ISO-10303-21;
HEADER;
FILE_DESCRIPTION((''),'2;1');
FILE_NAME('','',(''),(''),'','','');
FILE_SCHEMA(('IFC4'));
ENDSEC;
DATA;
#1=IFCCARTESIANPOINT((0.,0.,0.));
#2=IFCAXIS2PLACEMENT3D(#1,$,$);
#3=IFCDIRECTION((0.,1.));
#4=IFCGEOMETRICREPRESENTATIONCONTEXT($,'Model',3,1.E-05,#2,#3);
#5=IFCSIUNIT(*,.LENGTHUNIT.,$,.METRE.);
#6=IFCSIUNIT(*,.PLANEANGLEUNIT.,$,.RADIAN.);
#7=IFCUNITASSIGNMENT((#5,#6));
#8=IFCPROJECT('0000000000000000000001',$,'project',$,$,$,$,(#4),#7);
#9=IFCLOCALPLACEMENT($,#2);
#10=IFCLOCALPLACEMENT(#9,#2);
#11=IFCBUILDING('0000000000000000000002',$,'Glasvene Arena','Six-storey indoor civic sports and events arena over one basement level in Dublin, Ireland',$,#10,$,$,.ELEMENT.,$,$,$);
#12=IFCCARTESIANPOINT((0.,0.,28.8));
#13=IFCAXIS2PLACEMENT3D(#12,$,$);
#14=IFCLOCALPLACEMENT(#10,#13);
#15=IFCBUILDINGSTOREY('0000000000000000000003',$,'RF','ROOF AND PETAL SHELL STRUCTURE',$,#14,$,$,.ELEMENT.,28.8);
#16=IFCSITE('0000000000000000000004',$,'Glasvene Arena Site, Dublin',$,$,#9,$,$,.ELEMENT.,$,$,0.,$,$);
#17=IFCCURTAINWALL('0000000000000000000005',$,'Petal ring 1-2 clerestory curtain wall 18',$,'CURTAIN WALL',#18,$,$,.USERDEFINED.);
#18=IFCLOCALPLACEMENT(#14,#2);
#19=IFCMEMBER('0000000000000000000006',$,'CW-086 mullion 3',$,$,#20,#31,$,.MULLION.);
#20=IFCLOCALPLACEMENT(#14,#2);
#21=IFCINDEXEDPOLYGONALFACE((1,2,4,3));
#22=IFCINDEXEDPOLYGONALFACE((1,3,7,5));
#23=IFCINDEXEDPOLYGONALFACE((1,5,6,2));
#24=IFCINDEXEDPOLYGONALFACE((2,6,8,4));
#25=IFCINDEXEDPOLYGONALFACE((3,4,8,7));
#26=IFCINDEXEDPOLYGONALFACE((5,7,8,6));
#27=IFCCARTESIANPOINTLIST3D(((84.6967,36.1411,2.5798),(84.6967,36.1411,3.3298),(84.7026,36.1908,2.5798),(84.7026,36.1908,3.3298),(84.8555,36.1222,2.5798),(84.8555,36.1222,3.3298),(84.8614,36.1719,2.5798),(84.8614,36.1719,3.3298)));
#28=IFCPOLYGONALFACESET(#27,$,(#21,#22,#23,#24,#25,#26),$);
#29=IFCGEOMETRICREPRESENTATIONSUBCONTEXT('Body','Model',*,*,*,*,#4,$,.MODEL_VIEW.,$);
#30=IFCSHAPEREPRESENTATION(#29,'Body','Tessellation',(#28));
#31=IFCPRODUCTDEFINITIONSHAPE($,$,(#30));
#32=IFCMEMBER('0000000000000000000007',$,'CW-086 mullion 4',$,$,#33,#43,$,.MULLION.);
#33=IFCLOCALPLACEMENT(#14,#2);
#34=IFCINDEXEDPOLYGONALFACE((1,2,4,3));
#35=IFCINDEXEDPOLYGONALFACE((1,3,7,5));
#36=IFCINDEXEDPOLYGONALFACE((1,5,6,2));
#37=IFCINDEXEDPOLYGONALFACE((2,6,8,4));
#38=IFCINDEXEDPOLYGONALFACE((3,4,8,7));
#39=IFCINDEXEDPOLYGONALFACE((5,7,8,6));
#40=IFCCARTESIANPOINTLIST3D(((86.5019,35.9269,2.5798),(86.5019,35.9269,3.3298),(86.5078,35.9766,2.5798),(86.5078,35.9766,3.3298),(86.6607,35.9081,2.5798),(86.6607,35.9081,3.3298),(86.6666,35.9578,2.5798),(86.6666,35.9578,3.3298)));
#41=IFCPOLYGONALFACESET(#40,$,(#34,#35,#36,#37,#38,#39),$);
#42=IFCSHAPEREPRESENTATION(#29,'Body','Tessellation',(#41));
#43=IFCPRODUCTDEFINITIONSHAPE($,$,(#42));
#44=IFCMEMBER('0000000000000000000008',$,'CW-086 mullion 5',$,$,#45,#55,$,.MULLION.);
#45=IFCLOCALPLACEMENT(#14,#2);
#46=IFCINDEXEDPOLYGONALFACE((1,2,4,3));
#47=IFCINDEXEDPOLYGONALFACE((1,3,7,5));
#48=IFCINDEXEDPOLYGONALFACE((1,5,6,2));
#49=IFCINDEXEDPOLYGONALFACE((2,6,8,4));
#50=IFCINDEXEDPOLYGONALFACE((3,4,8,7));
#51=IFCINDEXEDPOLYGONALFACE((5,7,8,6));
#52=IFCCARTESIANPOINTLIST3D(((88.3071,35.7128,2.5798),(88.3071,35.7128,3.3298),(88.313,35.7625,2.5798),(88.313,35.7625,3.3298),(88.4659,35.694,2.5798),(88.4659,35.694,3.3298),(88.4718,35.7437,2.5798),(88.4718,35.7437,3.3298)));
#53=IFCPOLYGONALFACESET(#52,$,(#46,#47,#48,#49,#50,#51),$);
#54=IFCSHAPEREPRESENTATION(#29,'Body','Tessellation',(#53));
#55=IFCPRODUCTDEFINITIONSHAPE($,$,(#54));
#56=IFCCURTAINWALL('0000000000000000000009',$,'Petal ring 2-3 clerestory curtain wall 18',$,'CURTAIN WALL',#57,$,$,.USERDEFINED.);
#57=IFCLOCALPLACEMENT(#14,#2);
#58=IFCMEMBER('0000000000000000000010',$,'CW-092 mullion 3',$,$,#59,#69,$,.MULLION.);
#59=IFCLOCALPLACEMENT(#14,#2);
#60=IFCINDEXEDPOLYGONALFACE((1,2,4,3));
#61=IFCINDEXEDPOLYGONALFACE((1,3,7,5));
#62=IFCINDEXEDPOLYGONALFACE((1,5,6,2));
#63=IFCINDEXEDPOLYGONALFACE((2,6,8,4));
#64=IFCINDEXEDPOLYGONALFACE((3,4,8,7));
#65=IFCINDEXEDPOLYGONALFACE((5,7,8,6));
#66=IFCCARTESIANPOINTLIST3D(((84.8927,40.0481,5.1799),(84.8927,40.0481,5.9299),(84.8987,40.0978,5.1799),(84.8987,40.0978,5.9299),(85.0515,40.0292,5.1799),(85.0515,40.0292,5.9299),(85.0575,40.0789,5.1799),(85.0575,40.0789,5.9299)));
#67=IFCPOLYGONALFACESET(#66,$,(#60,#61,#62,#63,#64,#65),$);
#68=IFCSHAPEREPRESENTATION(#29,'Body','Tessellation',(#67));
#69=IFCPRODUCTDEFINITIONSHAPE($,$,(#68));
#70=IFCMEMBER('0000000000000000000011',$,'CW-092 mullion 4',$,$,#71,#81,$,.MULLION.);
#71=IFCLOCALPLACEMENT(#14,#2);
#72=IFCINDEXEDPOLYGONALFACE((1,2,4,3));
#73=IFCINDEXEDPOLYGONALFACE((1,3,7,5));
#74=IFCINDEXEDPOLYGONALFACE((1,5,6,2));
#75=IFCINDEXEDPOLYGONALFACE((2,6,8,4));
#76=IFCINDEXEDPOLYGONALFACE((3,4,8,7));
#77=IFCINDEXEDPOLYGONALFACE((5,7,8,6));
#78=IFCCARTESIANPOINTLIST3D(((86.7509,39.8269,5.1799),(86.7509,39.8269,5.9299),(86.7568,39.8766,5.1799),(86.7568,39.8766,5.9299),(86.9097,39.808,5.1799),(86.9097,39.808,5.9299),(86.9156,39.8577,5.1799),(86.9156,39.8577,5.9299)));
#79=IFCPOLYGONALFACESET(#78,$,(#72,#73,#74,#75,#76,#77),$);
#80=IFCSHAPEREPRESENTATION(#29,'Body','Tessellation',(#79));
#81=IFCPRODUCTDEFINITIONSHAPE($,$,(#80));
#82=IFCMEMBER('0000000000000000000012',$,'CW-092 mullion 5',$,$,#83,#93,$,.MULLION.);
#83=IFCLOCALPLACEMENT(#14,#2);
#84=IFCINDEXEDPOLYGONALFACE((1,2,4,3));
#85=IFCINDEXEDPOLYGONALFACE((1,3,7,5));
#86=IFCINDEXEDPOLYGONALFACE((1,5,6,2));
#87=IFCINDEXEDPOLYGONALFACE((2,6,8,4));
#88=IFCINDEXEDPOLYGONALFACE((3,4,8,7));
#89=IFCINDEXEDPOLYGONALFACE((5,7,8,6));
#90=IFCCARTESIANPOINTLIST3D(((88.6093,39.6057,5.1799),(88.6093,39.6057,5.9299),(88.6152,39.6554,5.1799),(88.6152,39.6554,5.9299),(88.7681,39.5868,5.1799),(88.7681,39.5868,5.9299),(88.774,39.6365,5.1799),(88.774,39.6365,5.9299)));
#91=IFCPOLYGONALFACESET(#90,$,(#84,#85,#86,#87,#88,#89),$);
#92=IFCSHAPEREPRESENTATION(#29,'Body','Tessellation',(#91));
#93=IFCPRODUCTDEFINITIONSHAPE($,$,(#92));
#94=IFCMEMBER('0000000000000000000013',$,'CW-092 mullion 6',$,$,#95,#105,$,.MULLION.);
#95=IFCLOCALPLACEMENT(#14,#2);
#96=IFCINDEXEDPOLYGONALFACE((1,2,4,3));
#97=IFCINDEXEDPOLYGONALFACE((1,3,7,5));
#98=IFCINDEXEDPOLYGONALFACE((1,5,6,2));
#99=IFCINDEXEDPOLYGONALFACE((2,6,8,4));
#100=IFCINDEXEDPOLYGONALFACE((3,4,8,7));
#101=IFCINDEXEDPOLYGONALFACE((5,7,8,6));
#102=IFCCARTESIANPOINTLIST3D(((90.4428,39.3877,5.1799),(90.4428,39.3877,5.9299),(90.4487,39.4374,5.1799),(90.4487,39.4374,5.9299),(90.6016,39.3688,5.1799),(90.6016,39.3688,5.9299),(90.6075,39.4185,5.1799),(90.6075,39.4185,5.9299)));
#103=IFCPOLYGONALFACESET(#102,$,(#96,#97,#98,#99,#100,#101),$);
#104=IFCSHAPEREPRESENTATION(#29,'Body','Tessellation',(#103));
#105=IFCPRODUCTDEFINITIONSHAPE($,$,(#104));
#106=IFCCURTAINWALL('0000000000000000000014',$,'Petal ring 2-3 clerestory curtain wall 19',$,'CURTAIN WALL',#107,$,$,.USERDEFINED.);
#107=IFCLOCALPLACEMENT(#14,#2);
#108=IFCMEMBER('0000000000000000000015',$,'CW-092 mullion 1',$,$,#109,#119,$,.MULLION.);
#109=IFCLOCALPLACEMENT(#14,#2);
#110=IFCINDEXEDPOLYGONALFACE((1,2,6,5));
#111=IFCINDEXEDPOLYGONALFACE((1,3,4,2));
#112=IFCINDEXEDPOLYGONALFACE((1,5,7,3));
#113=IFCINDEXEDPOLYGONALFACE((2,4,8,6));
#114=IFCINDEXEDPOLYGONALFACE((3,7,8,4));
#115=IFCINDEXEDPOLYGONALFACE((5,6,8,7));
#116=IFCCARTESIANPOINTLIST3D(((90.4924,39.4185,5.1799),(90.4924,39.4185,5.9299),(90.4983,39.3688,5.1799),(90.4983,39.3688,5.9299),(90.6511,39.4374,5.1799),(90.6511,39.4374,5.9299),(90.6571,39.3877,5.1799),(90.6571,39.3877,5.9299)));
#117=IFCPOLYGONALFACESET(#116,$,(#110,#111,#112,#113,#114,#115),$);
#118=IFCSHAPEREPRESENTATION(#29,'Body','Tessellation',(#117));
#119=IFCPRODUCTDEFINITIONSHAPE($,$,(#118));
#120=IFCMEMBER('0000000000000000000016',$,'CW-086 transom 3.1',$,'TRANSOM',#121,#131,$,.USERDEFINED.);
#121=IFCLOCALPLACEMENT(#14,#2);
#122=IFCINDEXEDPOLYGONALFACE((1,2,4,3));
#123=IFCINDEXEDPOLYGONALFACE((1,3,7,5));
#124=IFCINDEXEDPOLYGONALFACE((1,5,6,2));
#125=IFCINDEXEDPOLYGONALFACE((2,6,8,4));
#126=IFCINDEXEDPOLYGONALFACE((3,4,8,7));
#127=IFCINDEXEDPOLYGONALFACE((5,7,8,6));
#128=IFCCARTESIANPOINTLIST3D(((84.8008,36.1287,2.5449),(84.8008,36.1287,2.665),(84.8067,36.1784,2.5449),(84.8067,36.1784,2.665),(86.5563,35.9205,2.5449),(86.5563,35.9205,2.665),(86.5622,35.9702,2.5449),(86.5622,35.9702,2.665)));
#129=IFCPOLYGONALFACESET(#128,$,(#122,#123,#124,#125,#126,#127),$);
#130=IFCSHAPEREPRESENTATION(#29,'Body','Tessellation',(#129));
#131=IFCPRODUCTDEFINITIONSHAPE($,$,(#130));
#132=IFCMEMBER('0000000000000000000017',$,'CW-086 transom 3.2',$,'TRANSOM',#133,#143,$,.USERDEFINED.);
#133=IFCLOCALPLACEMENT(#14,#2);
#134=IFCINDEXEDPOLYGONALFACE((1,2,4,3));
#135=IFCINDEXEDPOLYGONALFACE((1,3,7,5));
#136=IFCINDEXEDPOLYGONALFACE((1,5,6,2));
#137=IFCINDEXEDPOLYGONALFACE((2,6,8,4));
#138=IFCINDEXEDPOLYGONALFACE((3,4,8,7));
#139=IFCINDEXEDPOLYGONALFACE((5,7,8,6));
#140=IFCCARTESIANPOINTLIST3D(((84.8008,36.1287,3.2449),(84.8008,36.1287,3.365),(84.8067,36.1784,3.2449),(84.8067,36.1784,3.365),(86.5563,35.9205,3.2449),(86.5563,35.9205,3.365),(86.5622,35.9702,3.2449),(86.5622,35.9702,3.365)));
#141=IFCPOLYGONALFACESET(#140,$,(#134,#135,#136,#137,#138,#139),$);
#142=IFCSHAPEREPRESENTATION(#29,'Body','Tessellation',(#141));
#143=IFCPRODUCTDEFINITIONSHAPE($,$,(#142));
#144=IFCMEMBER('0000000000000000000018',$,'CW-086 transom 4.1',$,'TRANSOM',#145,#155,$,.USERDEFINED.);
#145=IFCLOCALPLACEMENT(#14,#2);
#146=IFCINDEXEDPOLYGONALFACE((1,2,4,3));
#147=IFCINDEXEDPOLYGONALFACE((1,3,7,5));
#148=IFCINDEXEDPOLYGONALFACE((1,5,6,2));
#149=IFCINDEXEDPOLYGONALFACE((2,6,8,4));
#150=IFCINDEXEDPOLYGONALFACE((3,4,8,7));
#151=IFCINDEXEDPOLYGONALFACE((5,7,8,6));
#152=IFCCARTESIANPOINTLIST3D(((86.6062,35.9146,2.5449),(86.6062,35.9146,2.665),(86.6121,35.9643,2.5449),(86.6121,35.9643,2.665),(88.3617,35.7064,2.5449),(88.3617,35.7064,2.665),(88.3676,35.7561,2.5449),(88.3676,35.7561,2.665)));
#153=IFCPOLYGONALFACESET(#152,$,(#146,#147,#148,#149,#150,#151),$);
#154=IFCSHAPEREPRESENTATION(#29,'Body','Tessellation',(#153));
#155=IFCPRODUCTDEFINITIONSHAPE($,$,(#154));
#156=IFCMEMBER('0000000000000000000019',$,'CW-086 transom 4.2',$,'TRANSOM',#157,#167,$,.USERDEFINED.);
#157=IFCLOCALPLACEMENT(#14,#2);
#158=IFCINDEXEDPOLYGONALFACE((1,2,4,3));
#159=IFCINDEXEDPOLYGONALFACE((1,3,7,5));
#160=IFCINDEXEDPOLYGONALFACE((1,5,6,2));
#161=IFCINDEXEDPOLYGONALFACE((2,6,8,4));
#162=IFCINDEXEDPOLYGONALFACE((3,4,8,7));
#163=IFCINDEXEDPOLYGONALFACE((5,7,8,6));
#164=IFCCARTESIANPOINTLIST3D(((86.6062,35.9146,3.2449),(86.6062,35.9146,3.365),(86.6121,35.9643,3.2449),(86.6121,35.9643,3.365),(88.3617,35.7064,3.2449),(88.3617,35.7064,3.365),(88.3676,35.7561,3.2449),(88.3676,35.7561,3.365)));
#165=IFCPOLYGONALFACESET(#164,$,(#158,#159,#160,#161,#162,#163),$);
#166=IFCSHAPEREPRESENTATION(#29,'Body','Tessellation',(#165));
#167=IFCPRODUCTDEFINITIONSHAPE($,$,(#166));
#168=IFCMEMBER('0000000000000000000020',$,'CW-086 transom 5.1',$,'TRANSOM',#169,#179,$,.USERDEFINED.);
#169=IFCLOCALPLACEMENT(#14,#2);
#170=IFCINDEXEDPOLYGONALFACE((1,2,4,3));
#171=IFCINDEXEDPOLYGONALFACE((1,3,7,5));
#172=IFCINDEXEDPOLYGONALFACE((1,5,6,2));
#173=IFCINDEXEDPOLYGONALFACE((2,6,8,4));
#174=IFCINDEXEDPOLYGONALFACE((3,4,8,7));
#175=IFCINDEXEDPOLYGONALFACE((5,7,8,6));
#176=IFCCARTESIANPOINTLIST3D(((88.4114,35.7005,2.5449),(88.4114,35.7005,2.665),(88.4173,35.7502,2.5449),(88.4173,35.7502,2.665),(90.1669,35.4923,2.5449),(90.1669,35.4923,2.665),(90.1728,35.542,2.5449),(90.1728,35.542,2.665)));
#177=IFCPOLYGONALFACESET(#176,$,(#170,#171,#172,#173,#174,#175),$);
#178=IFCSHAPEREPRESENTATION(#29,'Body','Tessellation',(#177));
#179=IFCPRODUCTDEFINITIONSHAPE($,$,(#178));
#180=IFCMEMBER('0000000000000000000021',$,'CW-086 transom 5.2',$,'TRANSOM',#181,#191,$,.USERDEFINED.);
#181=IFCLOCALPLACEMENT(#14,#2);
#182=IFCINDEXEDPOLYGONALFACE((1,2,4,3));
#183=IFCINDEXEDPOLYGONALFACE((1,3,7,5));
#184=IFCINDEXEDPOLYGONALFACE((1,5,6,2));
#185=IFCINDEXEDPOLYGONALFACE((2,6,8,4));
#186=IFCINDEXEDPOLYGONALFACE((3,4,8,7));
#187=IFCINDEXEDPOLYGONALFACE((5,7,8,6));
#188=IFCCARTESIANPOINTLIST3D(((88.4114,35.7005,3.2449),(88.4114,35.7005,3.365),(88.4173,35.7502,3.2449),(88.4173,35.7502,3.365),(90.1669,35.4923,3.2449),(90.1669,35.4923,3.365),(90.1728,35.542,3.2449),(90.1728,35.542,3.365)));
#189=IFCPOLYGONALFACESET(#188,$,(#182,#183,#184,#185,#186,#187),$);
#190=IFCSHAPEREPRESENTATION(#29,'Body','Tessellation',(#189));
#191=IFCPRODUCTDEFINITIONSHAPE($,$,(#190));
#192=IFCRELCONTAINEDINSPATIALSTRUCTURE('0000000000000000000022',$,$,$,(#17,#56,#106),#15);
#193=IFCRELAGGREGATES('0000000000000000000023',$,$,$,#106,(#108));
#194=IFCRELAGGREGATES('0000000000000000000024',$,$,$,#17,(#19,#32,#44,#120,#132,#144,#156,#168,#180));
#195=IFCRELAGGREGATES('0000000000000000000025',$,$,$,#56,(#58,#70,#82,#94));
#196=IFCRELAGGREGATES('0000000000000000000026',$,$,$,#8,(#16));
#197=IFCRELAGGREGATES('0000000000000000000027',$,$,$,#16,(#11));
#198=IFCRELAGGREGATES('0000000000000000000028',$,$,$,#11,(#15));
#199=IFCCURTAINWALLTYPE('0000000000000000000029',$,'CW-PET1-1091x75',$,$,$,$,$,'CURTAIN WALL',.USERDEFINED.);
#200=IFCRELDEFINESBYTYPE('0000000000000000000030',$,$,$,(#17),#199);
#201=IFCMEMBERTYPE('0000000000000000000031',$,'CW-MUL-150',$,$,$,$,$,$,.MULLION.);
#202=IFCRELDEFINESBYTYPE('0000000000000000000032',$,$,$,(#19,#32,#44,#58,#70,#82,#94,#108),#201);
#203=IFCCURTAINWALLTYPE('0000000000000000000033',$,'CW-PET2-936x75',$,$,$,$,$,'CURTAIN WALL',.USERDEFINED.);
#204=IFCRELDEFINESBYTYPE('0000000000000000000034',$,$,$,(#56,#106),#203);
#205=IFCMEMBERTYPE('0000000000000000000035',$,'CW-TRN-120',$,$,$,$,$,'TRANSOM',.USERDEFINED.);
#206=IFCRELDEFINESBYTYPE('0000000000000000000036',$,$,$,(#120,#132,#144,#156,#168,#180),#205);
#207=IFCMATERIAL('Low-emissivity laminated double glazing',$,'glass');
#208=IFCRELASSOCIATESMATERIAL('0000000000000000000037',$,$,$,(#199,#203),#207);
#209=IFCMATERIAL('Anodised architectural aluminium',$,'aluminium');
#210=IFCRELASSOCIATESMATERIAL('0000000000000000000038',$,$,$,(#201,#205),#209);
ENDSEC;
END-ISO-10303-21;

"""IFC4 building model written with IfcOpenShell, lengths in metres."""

from ifc_helpers import new_model, si_unit, direction, frame, origin, origin_2d, place, context, subcontext, project, spatial, rectangle, extrude, material, material_profile, profile_set, type_object, element, aggregate, save


model = new_model("IFC4")

# Units and contexts
model_context = context("Model", 3, precision=1e-05, world=origin(), true_north=direction((0.0, 1.0)))
body_context = subcontext(model_context, "Body", "Model", "MODEL_VIEW")
ifc_project = project(units=[si_unit("LENGTHUNIT", "METRE"), si_unit("PLANEANGLEUNIT", "RADIAN")], contexts=[model_context])

# Site, building, storey
site_placement = place(None, origin())
site = spatial("IfcSite", under=ifc_project, at=site_placement, Name="Glasvene Arena Site, Dublin", CompositionType="ELEMENT", RefElevation=0.0)
building_placement = place(site_placement, origin())
building = spatial("IfcBuilding", under=site, at=building_placement, Name="Glasvene Arena", Description="Six-storey indoor civic sports and events arena over one basement level in Dublin, Ireland", CompositionType="ELEMENT")
storey_placement = place(building_placement, frame((0.0, 0.0, 28.8)))
storey = spatial("IfcBuildingStorey", under=building, at=storey_placement, Name="RF", Description="ROOF AND PETAL SHELL STRUCTURE", CompositionType="ELEMENT", Elevation=28.8)

# Curtain walls, members
ifc_material_1 = material(Name="Low-emissivity laminated double glazing", Category="glass")
curtain_wall_type_1 = type_object("IfcCurtainWallType", Name="CW-PET1-1091x75", ElementType="CURTAIN WALL", PredefinedType="USERDEFINED", material=ifc_material_1)
curtain_wall_1_placement = place(storey_placement, frame((81.1685, 36.5847, 0.0)))
curtain_wall_1 = element("IfcCurtainWall", 1, at=curtain_wall_1_placement, inside=storey, type_object=curtain_wall_type_1, Name="Petal ring 1-2 clerestory curtain wall 18", ObjectType="CURTAIN WALL", PredefinedType="USERDEFINED")
ifc_material_2 = material(Name="Anodised architectural aluminium", Category="aluminium")
ifc_material_profile_1 = material_profile(ifc_material_2, rectangle(XDim=0.05, YDim=0.1599, at=origin_2d()), Name="ALU MULLION 50x160")
ifc_profile_set_1 = profile_set([ifc_material_profile_1], Name="Anodised architectural aluminium")
member_type_1 = type_object("IfcMemberType", Name="CW-MUL-150", PredefinedType="MULLION", material=ifc_profile_set_1)
member_1_placement = place(storey_placement, frame((84.7791, 36.1565, 2.5798), z_axis=(0.0, 0.0, 1.0), x_axis=(0.117772, 0.993041, 0.0)))
member_1 = element("IfcMember", 2, at=member_1_placement, type_object=member_type_1, Name="CW-086 mullion 3", PredefinedType="MULLION", context=body_context, shape_type="SweptSolid", body=[
    extrude(rectangle(XDim=0.05, YDim=0.1599, at=origin_2d()), origin(), (0.0, 0.0, 1.0), 0.75),
])
member_2_placement = place(storey_placement, frame((86.5842, 35.9424, 2.5798), z_axis=(0.0, 0.0, 1.0), x_axis=(0.117772, 0.993041, 0.0)))
member_2 = element("IfcMember", 3, at=member_2_placement, type_object=member_type_1, Name="CW-086 mullion 4", PredefinedType="MULLION", context=body_context, shape_type="SweptSolid", body=[
    extrude(rectangle(XDim=0.05, YDim=0.1599, at=origin_2d()), origin(), (0.0, 0.0, 1.0), 0.75),
])
member_3_placement = place(storey_placement, frame((88.3894, 35.7283, 2.5798), z_axis=(0.0, 0.0, 1.0), x_axis=(0.117772, 0.993041, 0.0)))
member_3 = element("IfcMember", 4, at=member_3_placement, type_object=member_type_1, Name="CW-086 mullion 5", PredefinedType="MULLION", context=body_context, shape_type="SweptSolid", body=[
    extrude(rectangle(XDim=0.05, YDim=0.1599, at=origin_2d()), origin(), (0.0, 0.0, 1.0), 0.75),
])
curtain_wall_type_2 = type_object("IfcCurtainWallType", Name="CW-PET2-936x75", ElementType="CURTAIN WALL", PredefinedType="USERDEFINED", material=ifc_material_1)
curtain_wall_2_placement = place(storey_placement, frame((81.2583, 40.5056, 0.0)))
curtain_wall_2 = element("IfcCurtainWall", 5, at=curtain_wall_2_placement, inside=storey, type_object=curtain_wall_type_2, Name="Petal ring 2-3 clerestory curtain wall 18", ObjectType="CURTAIN WALL", PredefinedType="USERDEFINED")
member_4_placement = place(storey_placement, frame((84.9751, 40.0635, 5.1799), z_axis=(0.0, 0.0, 1.0), x_axis=(0.118166, 0.992994, 0.0)))
member_4 = element("IfcMember", 6, at=member_4_placement, type_object=member_type_1, Name="CW-092 mullion 3", PredefinedType="MULLION", context=body_context, shape_type="SweptSolid", body=[
    extrude(rectangle(XDim=0.05, YDim=0.1599, at=origin_2d()), origin(), (0.0, 0.0, 1.0), 0.75),
])
member_5_placement = place(storey_placement, frame((86.8333, 39.8423, 5.1799), z_axis=(0.0, 0.0, 1.0), x_axis=(0.118166, 0.992994, 0.0)))
member_5 = element("IfcMember", 7, at=member_5_placement, type_object=member_type_1, Name="CW-092 mullion 4", PredefinedType="MULLION", context=body_context, shape_type="SweptSolid", body=[
    extrude(rectangle(XDim=0.05, YDim=0.1599, at=origin_2d()), origin(), (0.0, 0.0, 1.0), 0.75),
])
member_6_placement = place(storey_placement, frame((88.6917, 39.6211, 5.1799), z_axis=(0.0, 0.0, 1.0), x_axis=(0.118166, 0.992994, 0.0)))
member_6 = element("IfcMember", 8, at=member_6_placement, type_object=member_type_1, Name="CW-092 mullion 5", PredefinedType="MULLION", context=body_context, shape_type="SweptSolid", body=[
    extrude(rectangle(XDim=0.05, YDim=0.1599, at=origin_2d()), origin(), (0.0, 0.0, 1.0), 0.75),
])
member_7_placement = place(storey_placement, frame((90.5251, 39.4031, 5.1799), z_axis=(0.0, 0.0, 1.0), x_axis=(0.118166, 0.992994, 0.0)))
member_7 = element("IfcMember", 9, at=member_7_placement, type_object=member_type_1, Name="CW-092 mullion 6", PredefinedType="MULLION", context=body_context, shape_type="SweptSolid", body=[
    extrude(rectangle(XDim=0.05, YDim=0.1599, at=origin_2d()), origin(), (0.0, 0.0, 1.0), 0.75),
])

# Curtain wall, member
curtain_wall_3_placement = place(storey_placement, frame((90.55, 39.3999, 0.0)))
curtain_wall_3 = element("IfcCurtainWall", 10, at=curtain_wall_3_placement, inside=storey, type_object=curtain_wall_type_2, Name="Petal ring 2-3 clerestory curtain wall 19", ObjectType="CURTAIN WALL", PredefinedType="USERDEFINED")
member_8_placement = place(storey_placement, frame((90.5747, 39.4031, 5.1799), z_axis=(0.0, 0.0, 1.0), x_axis=(-0.118166, 0.992994, 0.0)))
member_8 = element("IfcMember", 11, at=member_8_placement, type_object=member_type_1, Name="CW-092 mullion 1", PredefinedType="MULLION", context=body_context, shape_type="SweptSolid", body=[
    extrude(rectangle(XDim=0.05, YDim=0.1599, at=origin_2d()), origin(), (0.0, 0.0, 1.0), 0.75),
])

# Members
ifc_material_profile_2 = material_profile(ifc_material_2, rectangle(XDim=0.05, YDim=0.1201, at=origin_2d()), Name="ALU TRANSOM 50x120")
ifc_profile_set_2 = profile_set([ifc_material_profile_2], Name="Anodised architectural aluminium")
member_type_2 = type_object("IfcMemberType", Name="CW-TRN-120", ElementType="TRANSOM", PredefinedType="USERDEFINED", material=ifc_profile_set_2)
member_9_placement = place(storey_placement, frame((84.8037, 36.1536, 2.605), z_axis=(0.993038, -0.117795, 0.0), x_axis=(0.117795, 0.993038, 0.0)))
member_9 = element("IfcMember", 12, at=member_9_placement, type_object=member_type_2, Name="CW-086 transom 3.1", ObjectType="TRANSOM", PredefinedType="USERDEFINED", context=body_context, shape_type="SweptSolid", body=[
    extrude(rectangle(XDim=0.05, YDim=0.1201, at=origin_2d()), origin(), (0.0, 0.0, 1.0), 1.7678),
])
member_10_placement = place(storey_placement, frame((84.8037, 36.1536, 3.3049), z_axis=(0.993038, -0.117795, 0.0), x_axis=(0.117795, 0.993038, 0.0)))
member_10 = element("IfcMember", 13, at=member_10_placement, type_object=member_type_2, Name="CW-086 transom 3.2", ObjectType="TRANSOM", PredefinedType="USERDEFINED", context=body_context, shape_type="SweptSolid", body=[
    extrude(rectangle(XDim=0.05, YDim=0.1201, at=origin_2d()), origin(), (0.0, 0.0, 1.0), 1.7678),
])
member_11_placement = place(storey_placement, frame((86.6091, 35.9395, 2.605), z_axis=(0.993038, -0.117795, 0.0), x_axis=(0.117795, 0.993038, 0.0)))
member_11 = element("IfcMember", 14, at=member_11_placement, type_object=member_type_2, Name="CW-086 transom 4.1", ObjectType="TRANSOM", PredefinedType="USERDEFINED", context=body_context, shape_type="SweptSolid", body=[
    extrude(rectangle(XDim=0.05, YDim=0.1201, at=origin_2d()), origin(), (0.0, 0.0, 1.0), 1.7678),
])
member_12_placement = place(storey_placement, frame((86.6091, 35.9395, 3.3049), z_axis=(0.993038, -0.117795, 0.0), x_axis=(0.117795, 0.993038, 0.0)))
member_12 = element("IfcMember", 15, at=member_12_placement, type_object=member_type_2, Name="CW-086 transom 4.2", ObjectType="TRANSOM", PredefinedType="USERDEFINED", context=body_context, shape_type="SweptSolid", body=[
    extrude(rectangle(XDim=0.05, YDim=0.1201, at=origin_2d()), origin(), (0.0, 0.0, 1.0), 1.7678),
])
member_13_placement = place(storey_placement, frame((88.4143, 35.7253, 2.605), z_axis=(0.993038, -0.117795, 0.0), x_axis=(0.117795, 0.993038, 0.0)))
member_13 = element("IfcMember", 16, at=member_13_placement, type_object=member_type_2, Name="CW-086 transom 5.1", ObjectType="TRANSOM", PredefinedType="USERDEFINED", context=body_context, shape_type="SweptSolid", body=[
    extrude(rectangle(XDim=0.05, YDim=0.1201, at=origin_2d()), origin(), (0.0, 0.0, 1.0), 1.7678),
])
member_14_placement = place(storey_placement, frame((88.4143, 35.7253, 3.3049), z_axis=(0.993038, -0.117795, 0.0), x_axis=(0.117795, 0.993038, 0.0)))
member_14 = element("IfcMember", 17, at=member_14_placement, type_object=member_type_2, Name="CW-086 transom 5.2", ObjectType="TRANSOM", PredefinedType="USERDEFINED", context=body_context, shape_type="SweptSolid", body=[
    extrude(rectangle(XDim=0.05, YDim=0.1201, at=origin_2d()), origin(), (0.0, 0.0, 1.0), 1.7678),
])
aggregate(curtain_wall_3, [member_8])

aggregate(curtain_wall_1, [member_1, member_2, member_3, member_9, member_10, member_11, member_12, member_13, member_14])
aggregate(curtain_wall_2, [member_4, member_5, member_6, member_7])

save(model, "model.ifc")
